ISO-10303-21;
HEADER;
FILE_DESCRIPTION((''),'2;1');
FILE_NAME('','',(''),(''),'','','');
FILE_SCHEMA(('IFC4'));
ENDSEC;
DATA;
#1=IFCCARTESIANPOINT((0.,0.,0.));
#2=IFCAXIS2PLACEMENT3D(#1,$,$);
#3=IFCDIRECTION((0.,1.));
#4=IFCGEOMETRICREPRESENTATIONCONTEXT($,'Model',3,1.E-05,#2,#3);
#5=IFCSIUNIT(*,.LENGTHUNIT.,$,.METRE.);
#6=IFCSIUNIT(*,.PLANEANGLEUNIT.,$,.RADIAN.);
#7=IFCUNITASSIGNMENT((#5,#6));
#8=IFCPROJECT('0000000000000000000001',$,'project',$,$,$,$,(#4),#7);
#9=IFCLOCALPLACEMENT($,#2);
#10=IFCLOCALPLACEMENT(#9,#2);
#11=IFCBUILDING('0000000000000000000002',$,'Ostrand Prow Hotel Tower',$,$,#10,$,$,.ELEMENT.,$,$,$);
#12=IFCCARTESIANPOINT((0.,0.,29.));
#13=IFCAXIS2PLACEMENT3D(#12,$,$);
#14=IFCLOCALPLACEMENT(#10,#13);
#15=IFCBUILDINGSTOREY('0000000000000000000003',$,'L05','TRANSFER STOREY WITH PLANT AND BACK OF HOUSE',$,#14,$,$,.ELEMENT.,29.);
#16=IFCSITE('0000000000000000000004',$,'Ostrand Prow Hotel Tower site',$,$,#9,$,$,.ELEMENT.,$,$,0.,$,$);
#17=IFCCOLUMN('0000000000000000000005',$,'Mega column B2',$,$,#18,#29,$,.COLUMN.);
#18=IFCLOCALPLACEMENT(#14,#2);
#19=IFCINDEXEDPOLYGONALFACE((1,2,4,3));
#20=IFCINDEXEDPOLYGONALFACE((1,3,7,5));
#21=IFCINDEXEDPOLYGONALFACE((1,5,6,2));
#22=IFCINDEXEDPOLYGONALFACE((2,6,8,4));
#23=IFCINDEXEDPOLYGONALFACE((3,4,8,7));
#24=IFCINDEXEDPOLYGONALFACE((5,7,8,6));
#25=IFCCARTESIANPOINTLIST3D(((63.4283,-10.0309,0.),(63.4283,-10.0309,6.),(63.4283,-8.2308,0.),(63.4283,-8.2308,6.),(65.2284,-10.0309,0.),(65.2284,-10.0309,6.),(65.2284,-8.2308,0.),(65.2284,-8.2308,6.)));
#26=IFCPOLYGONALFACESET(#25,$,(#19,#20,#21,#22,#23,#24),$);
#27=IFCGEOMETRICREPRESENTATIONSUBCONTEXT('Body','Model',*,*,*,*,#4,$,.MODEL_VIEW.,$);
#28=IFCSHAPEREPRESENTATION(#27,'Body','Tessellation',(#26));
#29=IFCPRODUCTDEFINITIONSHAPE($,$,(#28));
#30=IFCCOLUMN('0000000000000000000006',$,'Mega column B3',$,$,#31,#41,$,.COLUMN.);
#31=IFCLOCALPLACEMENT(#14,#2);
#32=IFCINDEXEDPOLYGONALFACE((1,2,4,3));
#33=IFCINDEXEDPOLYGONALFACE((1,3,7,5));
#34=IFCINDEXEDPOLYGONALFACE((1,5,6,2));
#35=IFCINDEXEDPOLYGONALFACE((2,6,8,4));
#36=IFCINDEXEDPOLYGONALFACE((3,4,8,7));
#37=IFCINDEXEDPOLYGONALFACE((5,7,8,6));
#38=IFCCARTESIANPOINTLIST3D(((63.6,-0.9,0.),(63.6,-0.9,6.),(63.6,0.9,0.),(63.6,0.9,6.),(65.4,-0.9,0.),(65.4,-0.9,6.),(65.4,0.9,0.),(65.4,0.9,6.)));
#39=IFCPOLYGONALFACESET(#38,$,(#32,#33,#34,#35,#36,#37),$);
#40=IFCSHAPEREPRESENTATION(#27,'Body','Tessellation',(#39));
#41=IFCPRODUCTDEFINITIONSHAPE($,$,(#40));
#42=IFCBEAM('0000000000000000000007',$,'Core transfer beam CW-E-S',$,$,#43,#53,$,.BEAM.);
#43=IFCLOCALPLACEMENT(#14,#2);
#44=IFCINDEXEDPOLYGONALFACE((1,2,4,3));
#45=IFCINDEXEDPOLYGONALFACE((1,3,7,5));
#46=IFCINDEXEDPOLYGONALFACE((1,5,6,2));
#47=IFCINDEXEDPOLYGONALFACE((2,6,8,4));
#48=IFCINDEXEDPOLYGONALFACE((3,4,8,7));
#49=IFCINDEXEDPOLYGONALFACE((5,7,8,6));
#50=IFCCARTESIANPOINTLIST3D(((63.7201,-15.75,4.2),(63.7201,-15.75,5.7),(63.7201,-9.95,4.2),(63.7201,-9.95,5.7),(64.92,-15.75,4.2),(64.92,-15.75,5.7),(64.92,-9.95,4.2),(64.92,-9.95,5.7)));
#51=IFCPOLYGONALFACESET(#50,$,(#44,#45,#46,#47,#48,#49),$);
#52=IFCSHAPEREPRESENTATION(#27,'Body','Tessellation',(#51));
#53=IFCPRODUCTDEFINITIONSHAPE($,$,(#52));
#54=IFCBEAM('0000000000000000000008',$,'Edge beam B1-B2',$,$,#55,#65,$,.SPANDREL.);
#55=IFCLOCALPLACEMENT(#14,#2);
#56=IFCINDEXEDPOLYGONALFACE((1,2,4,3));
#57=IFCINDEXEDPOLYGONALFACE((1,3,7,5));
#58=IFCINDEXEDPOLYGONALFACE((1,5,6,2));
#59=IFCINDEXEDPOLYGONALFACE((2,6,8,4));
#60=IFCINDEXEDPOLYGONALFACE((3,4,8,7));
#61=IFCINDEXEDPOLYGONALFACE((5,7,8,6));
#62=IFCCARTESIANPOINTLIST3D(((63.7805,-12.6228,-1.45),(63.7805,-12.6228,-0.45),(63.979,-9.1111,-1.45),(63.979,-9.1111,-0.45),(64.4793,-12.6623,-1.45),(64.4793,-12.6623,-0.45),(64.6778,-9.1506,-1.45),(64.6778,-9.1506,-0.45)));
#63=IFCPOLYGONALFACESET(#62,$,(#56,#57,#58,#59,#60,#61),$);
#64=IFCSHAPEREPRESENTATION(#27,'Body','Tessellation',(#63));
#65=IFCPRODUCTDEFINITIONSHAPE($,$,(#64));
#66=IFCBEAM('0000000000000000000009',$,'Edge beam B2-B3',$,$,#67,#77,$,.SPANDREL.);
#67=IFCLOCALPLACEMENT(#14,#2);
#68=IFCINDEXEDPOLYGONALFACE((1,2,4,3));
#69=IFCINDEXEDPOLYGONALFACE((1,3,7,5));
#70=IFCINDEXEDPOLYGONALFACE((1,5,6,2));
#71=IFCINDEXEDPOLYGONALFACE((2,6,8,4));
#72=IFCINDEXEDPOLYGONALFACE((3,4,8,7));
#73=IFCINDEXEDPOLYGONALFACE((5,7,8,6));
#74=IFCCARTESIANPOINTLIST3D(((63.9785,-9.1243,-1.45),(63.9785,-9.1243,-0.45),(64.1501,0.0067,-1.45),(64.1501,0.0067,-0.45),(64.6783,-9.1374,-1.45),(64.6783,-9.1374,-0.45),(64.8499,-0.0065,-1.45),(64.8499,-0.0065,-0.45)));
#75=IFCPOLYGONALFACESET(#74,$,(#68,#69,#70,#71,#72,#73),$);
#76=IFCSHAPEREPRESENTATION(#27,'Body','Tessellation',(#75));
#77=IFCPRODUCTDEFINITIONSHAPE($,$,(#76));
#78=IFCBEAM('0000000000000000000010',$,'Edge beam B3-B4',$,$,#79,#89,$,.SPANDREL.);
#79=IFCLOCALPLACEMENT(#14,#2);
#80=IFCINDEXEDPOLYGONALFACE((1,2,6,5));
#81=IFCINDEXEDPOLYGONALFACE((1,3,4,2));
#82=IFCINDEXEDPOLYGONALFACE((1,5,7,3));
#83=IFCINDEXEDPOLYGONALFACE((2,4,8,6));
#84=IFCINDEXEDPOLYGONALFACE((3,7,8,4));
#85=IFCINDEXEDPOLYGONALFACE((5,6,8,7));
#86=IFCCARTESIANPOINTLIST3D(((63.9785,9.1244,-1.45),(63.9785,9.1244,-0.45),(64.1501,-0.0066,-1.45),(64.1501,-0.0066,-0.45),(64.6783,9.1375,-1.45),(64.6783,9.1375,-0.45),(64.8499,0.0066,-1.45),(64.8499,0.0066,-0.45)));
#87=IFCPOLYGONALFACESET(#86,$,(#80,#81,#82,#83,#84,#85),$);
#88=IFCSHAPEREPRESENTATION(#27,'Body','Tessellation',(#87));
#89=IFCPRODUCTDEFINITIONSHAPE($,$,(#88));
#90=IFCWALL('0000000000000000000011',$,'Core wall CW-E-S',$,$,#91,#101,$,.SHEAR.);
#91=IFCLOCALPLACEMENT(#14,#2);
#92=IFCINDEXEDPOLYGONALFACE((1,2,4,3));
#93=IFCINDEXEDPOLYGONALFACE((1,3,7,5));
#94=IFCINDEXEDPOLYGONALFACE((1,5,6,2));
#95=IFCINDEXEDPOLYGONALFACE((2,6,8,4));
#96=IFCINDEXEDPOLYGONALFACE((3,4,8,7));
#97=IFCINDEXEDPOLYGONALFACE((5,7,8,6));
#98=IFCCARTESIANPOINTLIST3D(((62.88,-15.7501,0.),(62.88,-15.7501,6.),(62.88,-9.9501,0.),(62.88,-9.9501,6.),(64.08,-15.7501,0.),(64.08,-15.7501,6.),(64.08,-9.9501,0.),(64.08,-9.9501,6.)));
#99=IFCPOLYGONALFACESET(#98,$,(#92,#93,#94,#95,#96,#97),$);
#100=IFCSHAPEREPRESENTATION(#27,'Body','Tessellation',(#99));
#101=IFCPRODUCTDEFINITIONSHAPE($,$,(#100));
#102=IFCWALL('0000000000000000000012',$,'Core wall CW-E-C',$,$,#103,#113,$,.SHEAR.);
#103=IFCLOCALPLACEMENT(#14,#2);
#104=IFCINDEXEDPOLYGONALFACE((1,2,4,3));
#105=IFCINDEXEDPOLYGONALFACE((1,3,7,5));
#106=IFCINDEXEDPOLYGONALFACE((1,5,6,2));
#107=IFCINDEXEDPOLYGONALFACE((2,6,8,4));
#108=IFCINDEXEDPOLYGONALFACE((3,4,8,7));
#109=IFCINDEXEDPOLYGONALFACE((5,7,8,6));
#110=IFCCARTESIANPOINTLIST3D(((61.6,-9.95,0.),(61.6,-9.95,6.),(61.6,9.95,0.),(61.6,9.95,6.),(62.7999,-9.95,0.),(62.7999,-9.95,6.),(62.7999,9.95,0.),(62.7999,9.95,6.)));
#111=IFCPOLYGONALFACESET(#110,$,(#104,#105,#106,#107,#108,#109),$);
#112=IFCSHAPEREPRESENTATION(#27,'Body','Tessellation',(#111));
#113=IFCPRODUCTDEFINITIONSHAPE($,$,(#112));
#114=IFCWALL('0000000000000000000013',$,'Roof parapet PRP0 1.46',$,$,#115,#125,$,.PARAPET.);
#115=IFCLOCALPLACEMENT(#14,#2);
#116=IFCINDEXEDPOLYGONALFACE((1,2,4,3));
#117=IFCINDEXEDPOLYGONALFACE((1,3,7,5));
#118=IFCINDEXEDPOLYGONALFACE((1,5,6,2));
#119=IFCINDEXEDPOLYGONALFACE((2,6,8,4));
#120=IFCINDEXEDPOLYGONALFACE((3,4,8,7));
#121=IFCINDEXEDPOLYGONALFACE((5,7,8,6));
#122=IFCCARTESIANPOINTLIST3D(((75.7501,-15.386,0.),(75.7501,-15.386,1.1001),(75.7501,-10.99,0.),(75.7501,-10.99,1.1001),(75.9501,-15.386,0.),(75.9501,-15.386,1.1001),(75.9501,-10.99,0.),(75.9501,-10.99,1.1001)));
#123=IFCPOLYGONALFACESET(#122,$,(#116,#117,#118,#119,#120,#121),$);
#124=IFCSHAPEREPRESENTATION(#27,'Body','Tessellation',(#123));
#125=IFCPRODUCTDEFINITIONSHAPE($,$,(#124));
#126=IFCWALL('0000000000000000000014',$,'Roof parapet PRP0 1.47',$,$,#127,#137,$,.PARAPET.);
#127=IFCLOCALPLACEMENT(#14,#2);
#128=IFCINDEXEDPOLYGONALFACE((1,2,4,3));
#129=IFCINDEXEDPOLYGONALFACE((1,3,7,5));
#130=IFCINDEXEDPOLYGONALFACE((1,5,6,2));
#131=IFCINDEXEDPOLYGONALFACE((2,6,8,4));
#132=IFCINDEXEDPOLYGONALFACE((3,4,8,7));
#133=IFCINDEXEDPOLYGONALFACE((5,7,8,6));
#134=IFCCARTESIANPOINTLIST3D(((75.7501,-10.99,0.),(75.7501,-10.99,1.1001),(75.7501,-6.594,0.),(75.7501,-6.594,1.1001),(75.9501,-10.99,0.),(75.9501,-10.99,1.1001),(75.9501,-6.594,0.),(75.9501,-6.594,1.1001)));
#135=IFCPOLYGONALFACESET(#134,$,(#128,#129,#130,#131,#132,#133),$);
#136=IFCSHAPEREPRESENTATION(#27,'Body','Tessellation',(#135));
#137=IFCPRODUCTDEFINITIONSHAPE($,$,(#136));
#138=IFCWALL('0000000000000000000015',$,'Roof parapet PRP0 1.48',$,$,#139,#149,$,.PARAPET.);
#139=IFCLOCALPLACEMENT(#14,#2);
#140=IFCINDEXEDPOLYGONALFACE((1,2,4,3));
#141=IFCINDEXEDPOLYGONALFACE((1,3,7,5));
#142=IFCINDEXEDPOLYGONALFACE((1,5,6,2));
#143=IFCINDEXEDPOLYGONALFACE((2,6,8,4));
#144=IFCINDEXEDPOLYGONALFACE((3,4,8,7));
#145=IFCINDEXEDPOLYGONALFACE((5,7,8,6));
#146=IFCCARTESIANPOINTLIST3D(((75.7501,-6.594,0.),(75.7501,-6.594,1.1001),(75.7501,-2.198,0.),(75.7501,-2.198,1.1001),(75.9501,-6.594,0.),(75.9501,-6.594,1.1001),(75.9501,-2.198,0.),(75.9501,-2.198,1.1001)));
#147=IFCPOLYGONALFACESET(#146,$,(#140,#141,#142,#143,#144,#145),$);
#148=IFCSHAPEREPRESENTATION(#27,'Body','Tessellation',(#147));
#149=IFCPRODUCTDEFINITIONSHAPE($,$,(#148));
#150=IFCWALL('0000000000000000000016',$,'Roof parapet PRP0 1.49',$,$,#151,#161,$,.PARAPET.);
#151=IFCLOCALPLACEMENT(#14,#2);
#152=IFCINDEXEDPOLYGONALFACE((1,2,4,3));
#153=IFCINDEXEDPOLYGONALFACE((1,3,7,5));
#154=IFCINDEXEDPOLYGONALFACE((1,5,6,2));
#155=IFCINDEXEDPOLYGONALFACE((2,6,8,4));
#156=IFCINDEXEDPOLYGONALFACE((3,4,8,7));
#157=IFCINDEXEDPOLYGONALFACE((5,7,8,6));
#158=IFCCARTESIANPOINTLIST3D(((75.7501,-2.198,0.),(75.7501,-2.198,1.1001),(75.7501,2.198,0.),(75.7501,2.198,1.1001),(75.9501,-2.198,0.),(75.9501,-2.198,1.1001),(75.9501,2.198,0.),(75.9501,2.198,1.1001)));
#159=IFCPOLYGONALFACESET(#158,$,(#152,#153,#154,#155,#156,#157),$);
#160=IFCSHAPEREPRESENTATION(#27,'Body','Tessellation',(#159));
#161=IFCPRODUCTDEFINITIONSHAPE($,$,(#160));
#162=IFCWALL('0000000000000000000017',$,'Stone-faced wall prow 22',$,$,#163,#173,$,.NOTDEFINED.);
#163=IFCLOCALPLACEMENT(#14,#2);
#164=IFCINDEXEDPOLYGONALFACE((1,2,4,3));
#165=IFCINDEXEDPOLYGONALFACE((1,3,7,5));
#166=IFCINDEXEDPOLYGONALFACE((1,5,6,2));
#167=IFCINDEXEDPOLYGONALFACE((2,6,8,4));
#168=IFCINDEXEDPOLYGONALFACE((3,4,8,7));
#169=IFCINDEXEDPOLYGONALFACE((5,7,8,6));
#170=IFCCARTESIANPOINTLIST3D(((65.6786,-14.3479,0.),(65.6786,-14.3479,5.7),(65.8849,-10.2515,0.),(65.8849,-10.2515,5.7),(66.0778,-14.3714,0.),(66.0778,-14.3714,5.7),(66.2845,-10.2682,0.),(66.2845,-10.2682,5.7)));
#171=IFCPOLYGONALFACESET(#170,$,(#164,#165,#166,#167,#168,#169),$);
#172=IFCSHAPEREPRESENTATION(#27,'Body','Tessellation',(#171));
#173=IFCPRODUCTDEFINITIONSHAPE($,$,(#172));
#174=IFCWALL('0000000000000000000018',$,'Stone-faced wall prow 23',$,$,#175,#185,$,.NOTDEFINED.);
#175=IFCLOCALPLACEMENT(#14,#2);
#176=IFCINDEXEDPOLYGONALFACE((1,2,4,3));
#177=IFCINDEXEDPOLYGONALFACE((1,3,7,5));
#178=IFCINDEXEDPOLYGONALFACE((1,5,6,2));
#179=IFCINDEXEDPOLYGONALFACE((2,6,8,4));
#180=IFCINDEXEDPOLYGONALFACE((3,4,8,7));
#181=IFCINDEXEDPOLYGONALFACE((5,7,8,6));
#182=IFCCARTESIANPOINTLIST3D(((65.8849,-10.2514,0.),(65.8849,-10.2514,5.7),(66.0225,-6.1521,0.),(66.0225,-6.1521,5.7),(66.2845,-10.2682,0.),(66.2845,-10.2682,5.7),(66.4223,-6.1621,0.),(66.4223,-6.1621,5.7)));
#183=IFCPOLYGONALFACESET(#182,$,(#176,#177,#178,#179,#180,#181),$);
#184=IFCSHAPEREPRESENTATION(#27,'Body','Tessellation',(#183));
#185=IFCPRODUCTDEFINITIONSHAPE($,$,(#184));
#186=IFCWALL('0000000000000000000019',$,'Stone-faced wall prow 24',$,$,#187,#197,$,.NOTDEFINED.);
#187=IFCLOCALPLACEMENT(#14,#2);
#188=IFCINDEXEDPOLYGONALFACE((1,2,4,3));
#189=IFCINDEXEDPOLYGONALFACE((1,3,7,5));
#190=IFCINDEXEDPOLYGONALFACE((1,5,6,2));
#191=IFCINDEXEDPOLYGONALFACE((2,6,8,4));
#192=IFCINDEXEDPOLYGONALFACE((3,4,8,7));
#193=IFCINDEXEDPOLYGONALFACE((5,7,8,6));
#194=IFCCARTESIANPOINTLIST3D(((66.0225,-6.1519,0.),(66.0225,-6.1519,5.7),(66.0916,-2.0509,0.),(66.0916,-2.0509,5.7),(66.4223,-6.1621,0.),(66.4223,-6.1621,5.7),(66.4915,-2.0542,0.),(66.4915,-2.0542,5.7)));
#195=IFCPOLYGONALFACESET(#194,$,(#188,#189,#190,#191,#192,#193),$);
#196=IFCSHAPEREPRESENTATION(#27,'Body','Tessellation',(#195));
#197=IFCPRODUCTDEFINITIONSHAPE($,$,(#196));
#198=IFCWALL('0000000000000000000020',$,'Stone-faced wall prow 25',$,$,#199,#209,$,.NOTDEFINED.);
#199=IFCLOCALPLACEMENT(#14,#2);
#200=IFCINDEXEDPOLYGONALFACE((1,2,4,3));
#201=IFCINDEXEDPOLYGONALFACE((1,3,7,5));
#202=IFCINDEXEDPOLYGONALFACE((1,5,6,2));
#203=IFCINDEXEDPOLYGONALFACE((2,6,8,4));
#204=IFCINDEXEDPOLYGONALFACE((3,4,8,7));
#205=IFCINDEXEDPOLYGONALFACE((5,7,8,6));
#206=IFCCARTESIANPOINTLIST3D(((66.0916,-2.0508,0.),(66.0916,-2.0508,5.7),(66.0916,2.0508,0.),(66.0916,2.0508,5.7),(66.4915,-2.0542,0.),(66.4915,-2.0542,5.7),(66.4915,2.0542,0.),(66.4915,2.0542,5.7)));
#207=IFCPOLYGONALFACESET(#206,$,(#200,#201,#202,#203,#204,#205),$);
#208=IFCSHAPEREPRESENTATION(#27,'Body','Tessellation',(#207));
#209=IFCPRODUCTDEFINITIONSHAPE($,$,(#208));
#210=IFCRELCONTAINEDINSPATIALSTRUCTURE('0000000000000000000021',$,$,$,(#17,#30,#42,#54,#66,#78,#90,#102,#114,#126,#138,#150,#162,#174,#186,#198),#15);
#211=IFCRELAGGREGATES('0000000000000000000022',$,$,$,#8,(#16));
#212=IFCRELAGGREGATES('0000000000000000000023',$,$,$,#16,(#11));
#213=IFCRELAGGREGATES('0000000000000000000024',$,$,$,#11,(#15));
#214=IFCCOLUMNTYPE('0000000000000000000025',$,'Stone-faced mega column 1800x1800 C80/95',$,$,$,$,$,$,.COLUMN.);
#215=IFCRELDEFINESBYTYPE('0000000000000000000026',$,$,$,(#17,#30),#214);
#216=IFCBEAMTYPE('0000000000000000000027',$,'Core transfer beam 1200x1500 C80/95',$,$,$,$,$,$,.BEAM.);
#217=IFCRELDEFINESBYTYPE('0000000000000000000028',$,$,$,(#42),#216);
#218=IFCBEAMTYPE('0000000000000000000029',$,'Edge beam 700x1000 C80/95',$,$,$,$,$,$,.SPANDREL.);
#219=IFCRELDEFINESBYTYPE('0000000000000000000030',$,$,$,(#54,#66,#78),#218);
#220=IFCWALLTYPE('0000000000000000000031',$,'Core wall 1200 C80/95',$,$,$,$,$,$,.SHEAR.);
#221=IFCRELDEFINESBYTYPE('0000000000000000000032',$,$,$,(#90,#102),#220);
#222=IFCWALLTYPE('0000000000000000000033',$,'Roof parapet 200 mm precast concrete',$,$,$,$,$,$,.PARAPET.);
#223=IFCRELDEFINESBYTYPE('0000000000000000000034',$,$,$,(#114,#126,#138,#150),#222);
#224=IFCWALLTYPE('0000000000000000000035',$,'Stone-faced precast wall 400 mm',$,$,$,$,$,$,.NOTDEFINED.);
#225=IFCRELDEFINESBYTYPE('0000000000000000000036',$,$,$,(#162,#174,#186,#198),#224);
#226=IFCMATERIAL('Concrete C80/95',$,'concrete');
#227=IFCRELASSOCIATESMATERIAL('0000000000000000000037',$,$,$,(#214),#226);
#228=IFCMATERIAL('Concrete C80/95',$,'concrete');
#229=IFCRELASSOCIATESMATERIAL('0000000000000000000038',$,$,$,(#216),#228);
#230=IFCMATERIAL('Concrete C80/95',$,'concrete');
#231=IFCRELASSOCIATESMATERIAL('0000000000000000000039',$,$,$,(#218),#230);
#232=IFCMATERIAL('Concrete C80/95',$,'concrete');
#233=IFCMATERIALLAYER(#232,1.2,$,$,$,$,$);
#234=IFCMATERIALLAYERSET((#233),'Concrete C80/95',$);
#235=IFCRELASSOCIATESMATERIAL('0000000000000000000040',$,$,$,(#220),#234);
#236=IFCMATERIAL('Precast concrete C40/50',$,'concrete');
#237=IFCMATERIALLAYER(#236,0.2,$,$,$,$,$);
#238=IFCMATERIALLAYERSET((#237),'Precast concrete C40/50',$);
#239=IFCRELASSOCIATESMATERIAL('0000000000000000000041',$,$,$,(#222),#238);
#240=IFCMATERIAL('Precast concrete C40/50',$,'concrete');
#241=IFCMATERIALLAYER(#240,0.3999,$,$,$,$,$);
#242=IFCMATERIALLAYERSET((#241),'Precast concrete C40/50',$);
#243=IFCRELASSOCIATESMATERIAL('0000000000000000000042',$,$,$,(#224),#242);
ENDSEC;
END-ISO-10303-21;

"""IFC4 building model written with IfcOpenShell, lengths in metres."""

from ifc_helpers import new_model, si_unit, direction, frame, frame_2d, origin, origin_2d, place, context, subcontext, project, spatial, polyline, rectangle, outline, extrude, material, layer, layer_set, material_profile, profile_set, type_object, element, save


model = new_model("IFC4")

# Units and contexts
model_context = context("Model", 3, precision=1e-05, world=origin(), true_north=direction((0.0, 1.0)))
body_context = subcontext(model_context, "Body", "Model", "MODEL_VIEW")
ifc_project = project(units=[si_unit("LENGTHUNIT", "METRE"), si_unit("PLANEANGLEUNIT", "RADIAN")], contexts=[model_context])

# Site, building, storey
site_placement = place(None, origin())
site = spatial("IfcSite", under=ifc_project, at=site_placement, Name="Ostrand Prow Hotel Tower site", CompositionType="ELEMENT", RefElevation=0.0)
building_placement = place(site_placement, origin())
building = spatial("IfcBuilding", under=site, at=building_placement, Name="Ostrand Prow Hotel Tower", CompositionType="ELEMENT")
storey_placement = place(building_placement, frame((0.0, 0.0, 29.0)))
storey = spatial("IfcBuildingStorey", under=building, at=storey_placement, Name="L05", Description="TRANSFER STOREY WITH PLANT AND BACK OF HOUSE", CompositionType="ELEMENT", Elevation=29.0)

# Columns
ifc_material_1 = material(Name="Concrete C80/95", Category="concrete")
ifc_material_profile_1 = material_profile(ifc_material_1, rectangle(XDim=1.8, YDim=1.8, at=origin_2d()), Name="RC 1800x1800")
ifc_profile_set_1 = profile_set([ifc_material_profile_1], Name="Concrete C80/95")
column_type = type_object("IfcColumnType", Name="Stone-faced mega column 1800x1800 C80/95", PredefinedType="COLUMN", material=ifc_profile_set_1)
for number, where, z_axis, x_axis, name in (
    (1, (64.3284, -9.1309, 0.0), (0.0, 0.0, 1.0), (1.0, 0.0, 0.0), "Mega column B2"),
    (2, (64.5, 0.0, 0.0), (0.0, 0.0, 1.0), (1.0, 0.0, 0.0), "Mega column B3"),
):
    element("IfcColumn", number, at=place(storey_placement, frame(where, z_axis=z_axis, x_axis=x_axis)), inside=storey, type_object=column_type, Name=name, PredefinedType="COLUMN", context=body_context, shape_type="SweptSolid", body=[
        extrude(rectangle(XDim=1.8, YDim=1.8, at=origin_2d()), origin(), (0.0, 0.0, 1.0), 6.0),
    ])

# Beams
ifc_material_2 = material(Name="Concrete C80/95", Category="concrete")
ifc_material_profile_2 = material_profile(ifc_material_2, rectangle(XDim=1.2, YDim=1.5, at=origin_2d()), Name="RC 1200x1500")
ifc_profile_set_2 = profile_set([ifc_material_profile_2], Name="Concrete C80/95")
beam_type_1 = type_object("IfcBeamType", Name="Core transfer beam 1200x1500 C80/95", PredefinedType="BEAM", material=ifc_profile_set_2)
beam_1_placement = place(storey_placement, frame((64.3201, -15.75, 4.95), z_axis=(0.0, 1.0, 0.0), x_axis=(-1.0, 0.0, 0.0)))
element("IfcBeam", 3, at=beam_1_placement, inside=storey, type_object=beam_type_1, Name="Core transfer beam CW-E-S", PredefinedType="BEAM", context=body_context, shape_type="SweptSolid", body=[
    extrude(rectangle(XDim=1.2, YDim=1.5, at=origin_2d()), origin(), (0.0, 0.0, 1.0), 5.8),
])
ifc_material_3 = material(Name="Concrete C80/95", Category="concrete")
ifc_material_profile_3 = material_profile(ifc_material_3, rectangle(XDim=0.7, YDim=1.0, at=origin_2d()), Name="RC 700x1000")
ifc_profile_set_3 = profile_set([ifc_material_profile_3], Name="Concrete C80/95")
beam_type_2 = type_object("IfcBeamType", Name="Edge beam 700x1000 C80/95", PredefinedType="SPANDREL", material=ifc_profile_set_3)
beam_2_placement = place(storey_placement, frame((64.1299, -12.6426, -0.95), z_axis=(0.056431, 0.998406, 0.0), x_axis=(-0.998406, 0.056431, 0.0)))
element("IfcBeam", 4, at=beam_2_placement, inside=storey, type_object=beam_type_2, Name="Edge beam B1-B2", PredefinedType="SPANDREL", context=body_context, shape_type="SweptSolid", body=[
    extrude(rectangle(XDim=0.7, YDim=1.0, at=origin_2d()), origin(), (0.0, 0.0, 1.0), 3.5173),
])
for number, where, z_axis, x_axis, name in (
    (5, (64.3284, -9.1309, -0.95), (0.018793, 0.999823, 0.0), (-0.999823, 0.018793, 0.0), "Edge beam B2-B3"),
    (6, (64.5, 0.0, -0.95), (-0.018793, 0.999823, 0.0), (-0.999823, -0.018793, 0.0), "Edge beam B3-B4"),
):
    element("IfcBeam", number, at=place(storey_placement, frame(where, z_axis=z_axis, x_axis=x_axis)), inside=storey, type_object=beam_type_2, Name=name, PredefinedType="SPANDREL", context=body_context, shape_type="SweptSolid", body=[
        extrude(rectangle(XDim=0.7, YDim=1.0, at=origin_2d()), origin(), (0.0, 0.0, 1.0), 9.1326),
    ])

# Walls
ifc_material_4 = material(Name="Concrete C80/95", Category="concrete")
ifc_layer_1 = layer(ifc_material_4, 1.2)
ifc_layer_set_1 = layer_set([ifc_layer_1], Name="Concrete C80/95")
wall_type_1 = type_object("IfcWallType", Name="Core wall 1200 C80/95", PredefinedType="SHEAR", material=ifc_layer_set_1)
wall_1_placement = place(storey_placement, frame((63.48, -15.75, 0.0), z_axis=(0.0, 0.0, 1.0), x_axis=(0.0, 1.0, 0.0)))
element("IfcWall", 7, at=wall_1_placement, inside=storey, type_object=wall_type_1, Name="Core wall CW-E-S", PredefinedType="SHEAR", context=body_context, shape_type="SweptSolid", body=[
    extrude(rectangle(XDim=5.8, YDim=1.2, at=frame_2d((2.8999, 0.0))), origin(), (0.0, 0.0, 1.0), 6.0),
])
wall_2_placement = place(storey_placement, frame((62.2, -9.95, 0.0), z_axis=(0.0, 0.0, 1.0), x_axis=(0.0, 1.0, 0.0)))
element("IfcWall", 8, at=wall_2_placement, inside=storey, type_object=wall_type_1, Name="Core wall CW-E-C", PredefinedType="SHEAR", context=body_context, shape_type="SweptSolid", body=[
    extrude(rectangle(XDim=19.8999, YDim=1.2, at=frame_2d((9.95, 0.0))), origin(), (0.0, 0.0, 1.0), 6.0),
])
ifc_material_5 = material(Name="Precast concrete C40/50", Category="concrete")
ifc_layer_2 = layer(ifc_material_5, 0.2)
ifc_layer_set_2 = layer_set([ifc_layer_2], Name="Precast concrete C40/50")
wall_type_2 = type_object("IfcWallType", Name="Roof parapet 200 mm precast concrete", PredefinedType="PARAPET", material=ifc_layer_set_2)
for number, where, z_axis, x_axis, name in (
    (9, (75.8501, -15.386, 0.0), (0.0, 0.0, 1.0), (0.0, 1.0, 0.0), "Roof parapet PRP0 1.46"),
    (10, (75.8501, -10.99, 0.0), (0.0, 0.0, 1.0), (0.0, 1.0, 0.0), "Roof parapet PRP0 1.47"),
    (11, (75.8501, -6.594, 0.0), (0.0, 0.0, 1.0), (0.0, 1.0, 0.0), "Roof parapet PRP0 1.48"),
    (12, (75.8501, -2.198, 0.0), (0.0, 0.0, 1.0), (0.0, 1.0, 0.0), "Roof parapet PRP0 1.49"),
):
    element("IfcWall", number, at=place(storey_placement, frame(where, z_axis=z_axis, x_axis=x_axis)), inside=storey, type_object=wall_type_2, Name=name, PredefinedType="PARAPET", context=body_context, shape_type="SweptSolid", body=[
        extrude(rectangle(XDim=4.396, YDim=0.2, at=frame_2d((2.198, 0.0))), origin(), (0.0, 0.0, 1.0), 1.1001),
    ])
ifc_material_6 = material(Name="Precast concrete C40/50", Category="concrete")
ifc_layer_3 = layer(ifc_material_6, 0.3999)
ifc_layer_set_3 = layer_set([ifc_layer_3], Name="Precast concrete C40/50")
wall_type_3 = type_object("IfcWallType", Name="Stone-faced precast wall 400 mm", PredefinedType="NOTDEFINED", material=ifc_layer_set_3)
for number, where, z_axis, x_axis, name in (
    (13, (65.8782, -14.3596, 0.0), (0.0, 0.0, 1.0), (0.050314, 0.998733, 0.0), "Stone-faced wall prow 22"),
    (14, (66.0847, -10.2598, 0.0), (0.0, 0.0, 1.0), (0.033543, 0.999437, 0.0), "Stone-faced wall prow 23"),
    (15, (66.2224, -6.157, 0.0), (0.0, 0.0, 1.0), (0.016831, 0.999858, 0.0), "Stone-faced wall prow 24"),
    (16, (66.2915, -2.0525, 0.0), (0.0, 0.0, 1.0), (0.0, 1.0, 0.0), "Stone-faced wall prow 25"),
):
    element("IfcWall", number, at=place(storey_placement, frame(where, z_axis=z_axis, x_axis=x_axis)), inside=storey, type_object=wall_type_3, Name=name, PredefinedType="NOTDEFINED", context=body_context, shape_type="SweptSolid", body=[
        extrude(outline(polyline([(-0.0017, -0.2), (4.1067, -0.2), (4.1033, 0.2), (0.0017, 0.2), (-0.0017, -0.2)])), origin(), (0.0, 0.0, 1.0), 5.7),
    ])

save(model, "model.ifc")
